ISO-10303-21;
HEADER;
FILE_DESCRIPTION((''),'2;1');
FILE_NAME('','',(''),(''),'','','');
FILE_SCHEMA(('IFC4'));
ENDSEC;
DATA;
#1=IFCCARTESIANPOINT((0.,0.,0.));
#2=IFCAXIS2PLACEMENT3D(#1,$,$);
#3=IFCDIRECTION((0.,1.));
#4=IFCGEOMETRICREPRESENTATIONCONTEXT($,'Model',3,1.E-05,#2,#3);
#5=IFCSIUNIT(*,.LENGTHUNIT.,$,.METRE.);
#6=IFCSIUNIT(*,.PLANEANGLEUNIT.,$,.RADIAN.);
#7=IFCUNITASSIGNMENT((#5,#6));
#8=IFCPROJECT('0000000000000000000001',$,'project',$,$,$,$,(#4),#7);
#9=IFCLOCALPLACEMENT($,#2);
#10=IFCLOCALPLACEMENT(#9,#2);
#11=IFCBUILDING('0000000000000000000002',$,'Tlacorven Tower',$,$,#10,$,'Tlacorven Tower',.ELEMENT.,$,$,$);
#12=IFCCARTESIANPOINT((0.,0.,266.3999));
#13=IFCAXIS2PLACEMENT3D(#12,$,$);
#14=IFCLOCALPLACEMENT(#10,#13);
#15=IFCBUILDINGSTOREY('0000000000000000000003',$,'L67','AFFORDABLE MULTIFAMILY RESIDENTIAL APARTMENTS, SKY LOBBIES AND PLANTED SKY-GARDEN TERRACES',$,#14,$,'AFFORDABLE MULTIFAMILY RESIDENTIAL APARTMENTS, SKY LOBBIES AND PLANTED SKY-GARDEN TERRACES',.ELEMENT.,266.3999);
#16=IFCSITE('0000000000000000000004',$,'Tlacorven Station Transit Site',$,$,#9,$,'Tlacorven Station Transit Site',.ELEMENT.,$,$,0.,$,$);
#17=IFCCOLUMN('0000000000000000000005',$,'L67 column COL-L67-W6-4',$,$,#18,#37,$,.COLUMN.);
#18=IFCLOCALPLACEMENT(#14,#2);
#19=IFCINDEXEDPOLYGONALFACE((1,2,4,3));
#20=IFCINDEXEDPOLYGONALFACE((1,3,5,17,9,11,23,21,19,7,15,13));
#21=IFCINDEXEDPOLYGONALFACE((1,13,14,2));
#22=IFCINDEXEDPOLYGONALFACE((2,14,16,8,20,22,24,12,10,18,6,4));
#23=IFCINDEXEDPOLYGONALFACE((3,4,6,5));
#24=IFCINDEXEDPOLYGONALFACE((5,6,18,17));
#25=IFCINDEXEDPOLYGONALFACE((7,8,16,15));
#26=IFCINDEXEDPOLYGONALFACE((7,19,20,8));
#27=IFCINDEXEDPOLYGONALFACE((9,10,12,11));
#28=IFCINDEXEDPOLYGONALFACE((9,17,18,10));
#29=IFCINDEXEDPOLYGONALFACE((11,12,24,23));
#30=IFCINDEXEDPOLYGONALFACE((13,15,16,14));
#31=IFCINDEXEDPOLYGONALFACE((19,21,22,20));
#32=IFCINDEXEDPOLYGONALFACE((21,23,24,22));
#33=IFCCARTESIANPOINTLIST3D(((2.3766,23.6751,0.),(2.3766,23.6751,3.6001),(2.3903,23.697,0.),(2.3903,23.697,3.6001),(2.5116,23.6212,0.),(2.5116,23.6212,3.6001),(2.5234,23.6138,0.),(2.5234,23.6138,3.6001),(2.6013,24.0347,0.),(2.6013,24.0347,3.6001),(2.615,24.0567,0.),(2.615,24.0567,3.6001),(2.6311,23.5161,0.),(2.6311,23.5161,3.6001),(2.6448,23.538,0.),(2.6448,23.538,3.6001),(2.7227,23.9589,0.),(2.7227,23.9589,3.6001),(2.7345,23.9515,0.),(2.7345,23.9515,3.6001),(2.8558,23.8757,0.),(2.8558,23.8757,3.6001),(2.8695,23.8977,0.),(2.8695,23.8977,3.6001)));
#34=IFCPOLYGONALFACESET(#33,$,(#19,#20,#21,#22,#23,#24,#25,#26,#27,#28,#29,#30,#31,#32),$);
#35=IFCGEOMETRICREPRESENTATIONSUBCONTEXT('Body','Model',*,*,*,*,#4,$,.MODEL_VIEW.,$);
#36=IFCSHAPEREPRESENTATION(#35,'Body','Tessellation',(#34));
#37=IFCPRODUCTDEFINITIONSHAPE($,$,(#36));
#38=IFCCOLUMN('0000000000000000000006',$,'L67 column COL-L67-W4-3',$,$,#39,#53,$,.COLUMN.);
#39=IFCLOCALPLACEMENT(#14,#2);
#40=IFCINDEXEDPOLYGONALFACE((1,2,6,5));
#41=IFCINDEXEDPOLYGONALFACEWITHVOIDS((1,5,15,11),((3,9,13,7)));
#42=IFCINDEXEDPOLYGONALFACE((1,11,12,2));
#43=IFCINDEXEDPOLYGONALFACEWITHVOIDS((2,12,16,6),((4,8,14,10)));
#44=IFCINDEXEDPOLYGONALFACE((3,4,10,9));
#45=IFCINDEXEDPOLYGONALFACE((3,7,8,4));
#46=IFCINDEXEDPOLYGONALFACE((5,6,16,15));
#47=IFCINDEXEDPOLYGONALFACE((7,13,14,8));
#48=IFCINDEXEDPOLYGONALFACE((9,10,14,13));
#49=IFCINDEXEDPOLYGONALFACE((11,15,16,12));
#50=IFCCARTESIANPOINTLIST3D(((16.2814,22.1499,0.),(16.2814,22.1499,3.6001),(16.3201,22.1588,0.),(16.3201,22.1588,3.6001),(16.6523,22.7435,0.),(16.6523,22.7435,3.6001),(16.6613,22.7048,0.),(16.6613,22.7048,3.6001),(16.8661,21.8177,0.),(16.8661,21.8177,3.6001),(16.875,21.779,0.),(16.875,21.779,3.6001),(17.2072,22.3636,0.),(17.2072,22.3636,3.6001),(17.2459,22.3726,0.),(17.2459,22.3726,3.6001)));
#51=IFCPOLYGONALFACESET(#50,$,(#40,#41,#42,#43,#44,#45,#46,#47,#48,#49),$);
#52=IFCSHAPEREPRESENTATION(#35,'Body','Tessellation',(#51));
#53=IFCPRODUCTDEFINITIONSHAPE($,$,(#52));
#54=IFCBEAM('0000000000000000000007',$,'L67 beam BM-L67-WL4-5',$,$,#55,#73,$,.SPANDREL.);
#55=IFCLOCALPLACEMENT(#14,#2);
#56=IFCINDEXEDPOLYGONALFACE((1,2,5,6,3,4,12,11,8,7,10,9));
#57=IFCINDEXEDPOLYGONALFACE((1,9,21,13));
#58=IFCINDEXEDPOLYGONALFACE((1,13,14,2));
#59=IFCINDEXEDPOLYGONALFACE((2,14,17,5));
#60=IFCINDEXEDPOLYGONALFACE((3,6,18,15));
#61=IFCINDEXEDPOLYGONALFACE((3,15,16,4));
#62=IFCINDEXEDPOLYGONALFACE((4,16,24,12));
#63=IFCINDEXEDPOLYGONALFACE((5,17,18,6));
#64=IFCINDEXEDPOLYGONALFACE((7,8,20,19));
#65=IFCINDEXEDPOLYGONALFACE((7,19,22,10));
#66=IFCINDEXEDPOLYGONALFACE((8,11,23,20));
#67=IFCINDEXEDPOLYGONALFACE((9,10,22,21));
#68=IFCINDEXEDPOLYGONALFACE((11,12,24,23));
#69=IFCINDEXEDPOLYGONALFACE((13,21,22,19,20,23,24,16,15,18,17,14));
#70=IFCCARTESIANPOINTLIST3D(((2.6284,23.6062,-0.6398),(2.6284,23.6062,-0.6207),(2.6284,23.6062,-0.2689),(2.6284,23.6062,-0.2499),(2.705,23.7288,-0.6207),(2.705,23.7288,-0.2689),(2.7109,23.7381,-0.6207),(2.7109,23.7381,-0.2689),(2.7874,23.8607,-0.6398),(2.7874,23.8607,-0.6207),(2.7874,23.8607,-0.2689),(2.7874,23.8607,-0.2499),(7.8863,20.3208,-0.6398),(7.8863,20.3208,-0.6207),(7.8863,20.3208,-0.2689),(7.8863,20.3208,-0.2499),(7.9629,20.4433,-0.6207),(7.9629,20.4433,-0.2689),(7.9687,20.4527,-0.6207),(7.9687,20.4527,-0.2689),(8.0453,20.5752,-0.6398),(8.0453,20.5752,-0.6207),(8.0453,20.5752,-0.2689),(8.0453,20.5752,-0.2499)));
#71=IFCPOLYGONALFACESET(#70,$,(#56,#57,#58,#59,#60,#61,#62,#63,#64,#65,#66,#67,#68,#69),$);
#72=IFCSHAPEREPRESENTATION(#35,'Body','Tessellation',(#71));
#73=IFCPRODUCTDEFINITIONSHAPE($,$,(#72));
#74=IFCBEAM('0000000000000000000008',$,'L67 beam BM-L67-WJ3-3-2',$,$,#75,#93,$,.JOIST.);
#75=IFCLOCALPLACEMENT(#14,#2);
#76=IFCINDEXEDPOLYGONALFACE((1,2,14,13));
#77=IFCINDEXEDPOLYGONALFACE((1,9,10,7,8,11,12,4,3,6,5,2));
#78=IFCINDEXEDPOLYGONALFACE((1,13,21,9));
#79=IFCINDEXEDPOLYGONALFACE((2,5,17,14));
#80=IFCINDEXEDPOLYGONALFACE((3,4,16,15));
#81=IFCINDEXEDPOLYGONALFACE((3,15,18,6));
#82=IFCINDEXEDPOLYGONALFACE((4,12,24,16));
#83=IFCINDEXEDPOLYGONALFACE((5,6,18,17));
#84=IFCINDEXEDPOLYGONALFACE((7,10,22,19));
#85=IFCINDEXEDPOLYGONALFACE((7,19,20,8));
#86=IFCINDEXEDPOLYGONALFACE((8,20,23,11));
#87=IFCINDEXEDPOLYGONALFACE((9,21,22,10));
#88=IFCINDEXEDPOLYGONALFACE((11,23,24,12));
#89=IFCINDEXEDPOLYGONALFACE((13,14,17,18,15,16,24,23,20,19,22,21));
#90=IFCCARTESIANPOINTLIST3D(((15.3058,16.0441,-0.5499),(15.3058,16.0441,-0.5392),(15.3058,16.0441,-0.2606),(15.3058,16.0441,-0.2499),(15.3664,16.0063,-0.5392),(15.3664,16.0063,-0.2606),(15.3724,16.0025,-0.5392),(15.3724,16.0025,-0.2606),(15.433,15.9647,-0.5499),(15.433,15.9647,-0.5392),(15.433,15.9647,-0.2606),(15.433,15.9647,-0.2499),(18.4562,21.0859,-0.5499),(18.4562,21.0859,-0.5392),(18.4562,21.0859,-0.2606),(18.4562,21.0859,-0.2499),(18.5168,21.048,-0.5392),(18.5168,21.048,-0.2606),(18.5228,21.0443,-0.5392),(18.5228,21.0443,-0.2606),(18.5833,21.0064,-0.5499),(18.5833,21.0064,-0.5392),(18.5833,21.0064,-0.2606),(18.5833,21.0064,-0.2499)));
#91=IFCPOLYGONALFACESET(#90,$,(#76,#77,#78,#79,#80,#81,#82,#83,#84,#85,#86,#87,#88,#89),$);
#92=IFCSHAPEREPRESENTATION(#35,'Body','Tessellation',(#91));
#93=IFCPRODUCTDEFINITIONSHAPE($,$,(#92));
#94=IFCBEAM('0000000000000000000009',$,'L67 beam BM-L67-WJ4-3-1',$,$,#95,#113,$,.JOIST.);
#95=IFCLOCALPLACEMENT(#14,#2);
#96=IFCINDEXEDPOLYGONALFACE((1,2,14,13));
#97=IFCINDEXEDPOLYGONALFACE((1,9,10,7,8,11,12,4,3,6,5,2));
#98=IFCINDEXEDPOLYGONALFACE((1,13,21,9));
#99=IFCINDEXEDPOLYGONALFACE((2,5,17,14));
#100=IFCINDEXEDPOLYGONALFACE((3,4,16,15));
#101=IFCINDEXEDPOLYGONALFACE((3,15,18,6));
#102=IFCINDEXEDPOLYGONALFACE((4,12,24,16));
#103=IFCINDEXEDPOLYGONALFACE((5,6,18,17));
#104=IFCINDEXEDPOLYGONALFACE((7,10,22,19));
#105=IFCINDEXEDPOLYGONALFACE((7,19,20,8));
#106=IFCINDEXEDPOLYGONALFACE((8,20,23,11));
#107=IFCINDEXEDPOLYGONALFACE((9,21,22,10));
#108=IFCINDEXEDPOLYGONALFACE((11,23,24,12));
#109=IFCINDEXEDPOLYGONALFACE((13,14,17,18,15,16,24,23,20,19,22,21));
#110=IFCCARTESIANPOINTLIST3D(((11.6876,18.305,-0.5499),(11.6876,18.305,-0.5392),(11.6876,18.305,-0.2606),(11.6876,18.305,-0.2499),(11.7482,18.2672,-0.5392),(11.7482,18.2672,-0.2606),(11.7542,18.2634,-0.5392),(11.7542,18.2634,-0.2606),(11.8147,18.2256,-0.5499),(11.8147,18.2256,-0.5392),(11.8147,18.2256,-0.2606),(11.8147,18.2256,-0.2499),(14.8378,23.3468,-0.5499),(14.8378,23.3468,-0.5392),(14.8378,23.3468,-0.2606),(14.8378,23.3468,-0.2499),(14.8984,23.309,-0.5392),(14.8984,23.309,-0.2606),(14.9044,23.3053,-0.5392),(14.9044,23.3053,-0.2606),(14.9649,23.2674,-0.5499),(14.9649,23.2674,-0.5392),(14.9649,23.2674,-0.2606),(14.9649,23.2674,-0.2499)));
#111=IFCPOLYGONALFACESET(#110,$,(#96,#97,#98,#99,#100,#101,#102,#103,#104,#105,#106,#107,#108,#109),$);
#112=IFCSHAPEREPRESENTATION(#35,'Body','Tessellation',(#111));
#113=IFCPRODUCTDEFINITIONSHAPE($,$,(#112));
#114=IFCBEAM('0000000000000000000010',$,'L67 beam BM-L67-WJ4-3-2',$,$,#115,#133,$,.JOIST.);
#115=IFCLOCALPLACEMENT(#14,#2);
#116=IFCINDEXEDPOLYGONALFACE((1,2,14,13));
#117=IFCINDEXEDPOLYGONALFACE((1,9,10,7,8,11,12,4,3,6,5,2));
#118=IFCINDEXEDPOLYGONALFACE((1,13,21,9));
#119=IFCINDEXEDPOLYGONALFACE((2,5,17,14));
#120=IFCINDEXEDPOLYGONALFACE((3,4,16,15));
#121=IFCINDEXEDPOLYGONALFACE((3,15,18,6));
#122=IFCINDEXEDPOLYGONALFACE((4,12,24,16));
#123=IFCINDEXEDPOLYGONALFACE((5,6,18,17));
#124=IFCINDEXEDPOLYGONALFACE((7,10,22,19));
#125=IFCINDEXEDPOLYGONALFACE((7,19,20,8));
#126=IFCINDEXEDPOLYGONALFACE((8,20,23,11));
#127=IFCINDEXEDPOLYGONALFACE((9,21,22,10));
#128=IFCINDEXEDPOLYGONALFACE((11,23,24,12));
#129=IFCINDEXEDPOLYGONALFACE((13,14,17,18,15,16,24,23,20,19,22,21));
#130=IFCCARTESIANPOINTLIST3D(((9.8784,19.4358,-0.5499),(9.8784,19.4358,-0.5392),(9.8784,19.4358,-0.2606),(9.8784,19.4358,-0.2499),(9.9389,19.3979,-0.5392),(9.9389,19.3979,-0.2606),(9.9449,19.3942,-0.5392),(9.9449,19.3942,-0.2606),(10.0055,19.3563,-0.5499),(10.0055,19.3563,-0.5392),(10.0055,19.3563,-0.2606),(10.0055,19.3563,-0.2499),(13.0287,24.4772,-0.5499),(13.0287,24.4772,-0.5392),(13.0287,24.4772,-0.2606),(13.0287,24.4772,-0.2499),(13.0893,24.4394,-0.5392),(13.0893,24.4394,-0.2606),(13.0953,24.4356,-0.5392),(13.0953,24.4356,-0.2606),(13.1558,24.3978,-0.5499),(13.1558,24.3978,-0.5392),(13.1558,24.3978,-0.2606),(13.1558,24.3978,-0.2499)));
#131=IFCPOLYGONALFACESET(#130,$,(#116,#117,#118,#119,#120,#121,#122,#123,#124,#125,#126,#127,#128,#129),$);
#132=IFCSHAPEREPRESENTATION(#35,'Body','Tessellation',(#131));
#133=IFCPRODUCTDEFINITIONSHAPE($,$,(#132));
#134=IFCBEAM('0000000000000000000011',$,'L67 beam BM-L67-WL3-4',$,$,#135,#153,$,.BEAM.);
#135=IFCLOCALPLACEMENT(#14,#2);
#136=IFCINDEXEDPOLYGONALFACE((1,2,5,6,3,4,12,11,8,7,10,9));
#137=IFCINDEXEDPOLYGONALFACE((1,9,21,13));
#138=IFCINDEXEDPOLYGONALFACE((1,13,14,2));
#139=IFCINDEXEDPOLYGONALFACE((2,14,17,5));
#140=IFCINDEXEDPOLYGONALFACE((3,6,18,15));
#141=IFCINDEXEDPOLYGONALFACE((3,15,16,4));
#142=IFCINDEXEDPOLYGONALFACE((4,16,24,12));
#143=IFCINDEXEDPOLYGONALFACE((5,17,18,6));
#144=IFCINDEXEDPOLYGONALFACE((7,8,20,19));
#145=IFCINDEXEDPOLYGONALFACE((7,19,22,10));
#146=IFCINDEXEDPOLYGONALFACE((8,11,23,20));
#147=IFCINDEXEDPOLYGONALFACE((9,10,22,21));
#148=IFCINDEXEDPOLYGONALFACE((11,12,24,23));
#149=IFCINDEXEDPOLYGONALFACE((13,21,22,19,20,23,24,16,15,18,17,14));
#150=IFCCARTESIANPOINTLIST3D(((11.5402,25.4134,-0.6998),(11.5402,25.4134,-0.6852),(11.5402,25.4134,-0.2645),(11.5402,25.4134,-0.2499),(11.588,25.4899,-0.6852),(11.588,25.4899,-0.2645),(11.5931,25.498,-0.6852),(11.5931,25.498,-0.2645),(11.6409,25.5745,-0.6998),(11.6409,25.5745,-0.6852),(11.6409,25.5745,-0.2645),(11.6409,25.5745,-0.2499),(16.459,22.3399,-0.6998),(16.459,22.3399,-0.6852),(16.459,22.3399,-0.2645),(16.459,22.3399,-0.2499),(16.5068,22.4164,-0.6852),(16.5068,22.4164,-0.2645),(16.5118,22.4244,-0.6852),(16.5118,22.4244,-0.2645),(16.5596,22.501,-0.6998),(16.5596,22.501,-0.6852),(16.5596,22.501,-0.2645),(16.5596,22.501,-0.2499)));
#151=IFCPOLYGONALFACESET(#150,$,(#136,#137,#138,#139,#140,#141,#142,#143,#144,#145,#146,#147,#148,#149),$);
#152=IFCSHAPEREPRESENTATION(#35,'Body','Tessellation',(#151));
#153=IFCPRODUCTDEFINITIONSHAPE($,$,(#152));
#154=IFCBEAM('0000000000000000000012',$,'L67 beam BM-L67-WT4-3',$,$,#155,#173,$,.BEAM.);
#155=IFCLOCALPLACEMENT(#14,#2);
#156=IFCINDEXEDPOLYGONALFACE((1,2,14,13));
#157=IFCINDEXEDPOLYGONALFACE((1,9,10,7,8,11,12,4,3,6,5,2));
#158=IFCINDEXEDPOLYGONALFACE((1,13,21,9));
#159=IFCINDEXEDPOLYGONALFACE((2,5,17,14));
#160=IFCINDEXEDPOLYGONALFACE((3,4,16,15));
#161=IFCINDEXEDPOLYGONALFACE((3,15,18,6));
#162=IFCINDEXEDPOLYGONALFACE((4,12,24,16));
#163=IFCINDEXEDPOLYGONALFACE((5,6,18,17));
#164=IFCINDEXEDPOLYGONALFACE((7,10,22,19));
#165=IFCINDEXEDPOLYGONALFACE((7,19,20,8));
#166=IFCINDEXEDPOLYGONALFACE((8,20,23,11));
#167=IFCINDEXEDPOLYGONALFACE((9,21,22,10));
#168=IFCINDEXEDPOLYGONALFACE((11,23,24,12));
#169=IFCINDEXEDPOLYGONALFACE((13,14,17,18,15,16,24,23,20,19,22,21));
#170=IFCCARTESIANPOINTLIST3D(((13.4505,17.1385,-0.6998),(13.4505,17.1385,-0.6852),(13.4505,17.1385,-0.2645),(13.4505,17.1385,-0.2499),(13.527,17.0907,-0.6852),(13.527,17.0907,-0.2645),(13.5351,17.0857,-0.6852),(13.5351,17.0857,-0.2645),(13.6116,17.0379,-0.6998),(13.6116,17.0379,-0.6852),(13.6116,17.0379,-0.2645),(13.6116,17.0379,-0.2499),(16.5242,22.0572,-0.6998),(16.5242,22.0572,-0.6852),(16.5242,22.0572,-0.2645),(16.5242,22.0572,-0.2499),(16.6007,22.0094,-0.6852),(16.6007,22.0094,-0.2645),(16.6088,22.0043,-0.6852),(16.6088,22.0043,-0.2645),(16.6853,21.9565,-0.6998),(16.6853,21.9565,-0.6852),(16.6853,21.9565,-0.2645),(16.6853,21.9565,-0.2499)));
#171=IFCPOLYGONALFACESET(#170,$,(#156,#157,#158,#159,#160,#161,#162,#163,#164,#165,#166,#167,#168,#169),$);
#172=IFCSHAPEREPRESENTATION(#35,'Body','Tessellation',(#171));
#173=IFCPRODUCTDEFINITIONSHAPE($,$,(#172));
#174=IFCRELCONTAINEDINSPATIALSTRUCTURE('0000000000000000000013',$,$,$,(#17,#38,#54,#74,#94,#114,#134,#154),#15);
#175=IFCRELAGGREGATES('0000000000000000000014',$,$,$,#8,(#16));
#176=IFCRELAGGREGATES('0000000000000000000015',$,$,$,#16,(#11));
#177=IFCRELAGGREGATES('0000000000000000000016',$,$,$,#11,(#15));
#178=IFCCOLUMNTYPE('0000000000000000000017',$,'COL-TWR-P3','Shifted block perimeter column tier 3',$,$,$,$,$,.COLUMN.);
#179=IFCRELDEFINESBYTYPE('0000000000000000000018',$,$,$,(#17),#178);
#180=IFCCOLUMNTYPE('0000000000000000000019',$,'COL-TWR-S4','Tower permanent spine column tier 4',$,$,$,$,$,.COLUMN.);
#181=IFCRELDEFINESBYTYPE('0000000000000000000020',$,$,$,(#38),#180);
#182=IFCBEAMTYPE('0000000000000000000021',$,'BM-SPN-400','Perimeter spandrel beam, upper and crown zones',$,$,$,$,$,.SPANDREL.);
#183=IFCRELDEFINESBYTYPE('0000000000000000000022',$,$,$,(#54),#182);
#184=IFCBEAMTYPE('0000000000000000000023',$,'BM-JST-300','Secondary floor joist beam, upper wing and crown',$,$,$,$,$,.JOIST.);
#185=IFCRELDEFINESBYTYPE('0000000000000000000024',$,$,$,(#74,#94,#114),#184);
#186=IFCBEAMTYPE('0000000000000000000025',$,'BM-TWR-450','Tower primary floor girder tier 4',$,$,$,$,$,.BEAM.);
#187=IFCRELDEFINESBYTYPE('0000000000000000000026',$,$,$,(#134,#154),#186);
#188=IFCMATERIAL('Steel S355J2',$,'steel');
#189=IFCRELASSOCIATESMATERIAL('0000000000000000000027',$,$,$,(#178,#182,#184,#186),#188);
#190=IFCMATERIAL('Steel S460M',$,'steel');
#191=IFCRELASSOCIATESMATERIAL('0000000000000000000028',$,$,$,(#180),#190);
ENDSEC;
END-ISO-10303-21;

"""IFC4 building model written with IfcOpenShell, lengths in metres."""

from ifc_helpers import new_model, si_unit, direction, frame, origin, origin_2d, place, context, subcontext, project, spatial, hollow_rectangle, i_section, extrude, source, transform, mapped, material, material_profile, profile_set, type_object, element, save


model = new_model("IFC4")

# Units and contexts
model_context = context("Model", 3, precision=1e-05, world=origin(), true_north=direction((0.0, 1.0)))
body_context = subcontext(model_context, "Body", "Model", "MODEL_VIEW")
ifc_project = project(units=[si_unit("LENGTHUNIT", "METRE"), si_unit("PLANEANGLEUNIT", "RADIAN")], contexts=[model_context])

# Site, building, storey
site_placement = place(None, origin())
site = spatial("IfcSite", under=ifc_project, at=site_placement, Name="Tlacorven Station Transit Site", LongName="Tlacorven Station Transit Site", CompositionType="ELEMENT", RefElevation=0.0)
building_placement = place(site_placement, origin())
building = spatial("IfcBuilding", under=site, at=building_placement, Name="Tlacorven Tower", LongName="Tlacorven Tower", CompositionType="ELEMENT")
storey_placement = place(building_placement, frame((0.0, 0.0, 266.3999)))
storey = spatial("IfcBuildingStorey", under=building, at=storey_placement, Name="L67", Description="AFFORDABLE MULTIFAMILY RESIDENTIAL APARTMENTS, SKY LOBBIES AND PLANTED SKY-GARDEN TERRACES", LongName="AFFORDABLE MULTIFAMILY RESIDENTIAL APARTMENTS, SKY LOBBIES AND PLANTED SKY-GARDEN TERRACES", CompositionType="ELEMENT", Elevation=266.3999)

# Columns
ifc_material_1 = material(Name="Steel S355J2", Category="steel")
ifc_material_profile_1 = material_profile(ifc_material_1, i_section(OverallWidth=0.3, OverallDepth=0.45, WebThickness=0.0139, FlangeThickness=0.0259, at=origin_2d()), Name="HEB 450")
ifc_profile_set_1 = profile_set([ifc_material_profile_1], Name="Steel S355J2")
column_type_1 = type_object("IfcColumnType", Name="COL-TWR-P3", Description="Shifted block perimeter column tier 3", PredefinedType="COLUMN", material=ifc_profile_set_1)
shared_shape_1 = source(origin(), body_context, "Body", "SweptSolid", [
    extrude(i_section(OverallWidth=0.3, OverallDepth=0.45, WebThickness=0.0139, FlangeThickness=0.0259, at=origin_2d()), origin(), (0.0, 0.0, 1.0), 3.6001),
])
column_1_placement = place(storey_placement, frame((2.623, 23.7864, 0.0), z_axis=(0.0, 0.0, 1.0), x_axis=(-0.848048, 0.529919, 0.0)))
element("IfcColumn", 1, at=column_1_placement, inside=storey, type_object=column_type_1, Name="L67 column COL-L67-W6-4", PredefinedType="COLUMN", context=body_context, shape_type="MappedRepresentation", body=[
    mapped(shared_shape_1, transform((0.0, 0.0, 0.0), scale=1.0)),
])
ifc_material_2 = material(Name="Steel S460M", Category="steel")
ifc_material_profile_2 = material_profile(ifc_material_2, hollow_rectangle(XDim=0.7, YDim=0.7, WallThickness=0.0281, at=origin_2d()), Name="BOX 700X700X28")
ifc_profile_set_2 = profile_set([ifc_material_profile_2], Name="Steel S460M")
column_type_2 = type_object("IfcColumnType", Name="COL-TWR-S4", Description="Tower permanent spine column tier 4", PredefinedType="COLUMN", material=ifc_profile_set_2)
shared_shape_2 = source(origin(), body_context, "Body", "SweptSolid", [
    extrude(hollow_rectangle(XDim=0.7, YDim=0.7, WallThickness=0.0281, at=origin_2d()), origin(), (0.0, 0.0, 1.0), 3.6001),
])
column_2_placement = place(storey_placement, frame((16.7637, 22.2612, 0.0), z_axis=(0.0, 0.0, 1.0), x_axis=(-0.848048, 0.529919, 0.0)))
element("IfcColumn", 2, at=column_2_placement, inside=storey, type_object=column_type_2, Name="L67 column COL-L67-W4-3", PredefinedType="COLUMN", context=body_context, shape_type="MappedRepresentation", body=[
    mapped(shared_shape_2, transform((0.0, 0.0, 0.0), scale=1.0)),
])

# Beams
ifc_material_profile_3 = material_profile(ifc_material_1, i_section(OverallWidth=0.3, OverallDepth=0.3899, WebThickness=0.011, FlangeThickness=0.019, at=origin_2d()), Name="HEA 400")
ifc_profile_set_3 = profile_set([ifc_material_profile_3], Name="Steel S355J2")
beam_type_1 = type_object("IfcBeamType", Name="BM-SPN-400", Description="Perimeter spandrel beam, upper and crown zones", PredefinedType="SPANDREL", material=ifc_profile_set_3)
shared_shape_3 = source(origin(), body_context, "Body", "SweptSolid", [
    extrude(i_section(OverallWidth=0.3, OverallDepth=0.3899, WebThickness=0.011, FlangeThickness=0.019, at=origin_2d()), origin(), (0.0, 0.0, 1.0), 6.2),
])
beam_1_placement = place(storey_placement, frame((7.9658, 20.448, -0.4448), z_axis=(-0.848051, 0.529914, 0.0), x_axis=(-0.529914, -0.848051, 0.0)))
element("IfcBeam", 3, at=beam_1_placement, inside=storey, type_object=beam_type_1, Name="L67 beam BM-L67-WL4-5", PredefinedType="SPANDREL", context=body_context, shape_type="MappedRepresentation", body=[
    mapped(shared_shape_3, transform((0.0, 0.0, 0.0), scale=1.0)),
])
ifc_material_profile_4 = material_profile(ifc_material_1, i_section(OverallWidth=0.1499, OverallDepth=0.3, WebThickness=0.0071, FlangeThickness=0.0107, at=origin_2d()), Name="IPE 300")
ifc_profile_set_4 = profile_set([ifc_material_profile_4], Name="Steel S355J2")
beam_type_2 = type_object("IfcBeamType", Name="BM-JST-300", Description="Secondary floor joist beam, upper wing and crown", PredefinedType="JOIST", material=ifc_profile_set_4)
shared_shape_4 = source(origin(), body_context, "Body", "SweptSolid", [
    extrude(i_section(OverallWidth=0.1499, OverallDepth=0.3, WebThickness=0.0071, FlangeThickness=0.0107, at=origin_2d()), origin(), (0.0, 0.0, 1.0), 5.9451),
])
for number, where, z_axis, x_axis, name in (
    (4, (18.5198, 21.0461, -0.3999), (-0.529914, -0.848051, 0.0), (0.848051, -0.529914, 0.0), "L67 beam BM-L67-WJ3-3-2"),
    (5, (14.9014, 23.3071, -0.3999), (-0.529885, -0.84807, 0.0), (0.84807, -0.529885, 0.0), "L67 beam BM-L67-WJ4-3-1"),
):
    element("IfcBeam", number, at=place(storey_placement, frame(where, z_axis=z_axis, x_axis=x_axis)), inside=storey, type_object=beam_type_2, Name=name, PredefinedType="JOIST", context=body_context, shape_type="MappedRepresentation", body=[
        mapped(shared_shape_4, transform((0.0, 0.0, 0.0), scale=1.0)),
    ])
shared_shape_5 = source(origin(), body_context, "Body", "SweptSolid", [
    extrude(i_section(OverallWidth=0.1499, OverallDepth=0.3, WebThickness=0.0071, FlangeThickness=0.0107, at=origin_2d()), origin(), (0.0, 0.0, 1.0), 5.9448),
])
beam_2_placement = place(storey_placement, frame((13.0923, 24.4375, -0.3999), z_axis=(-0.529932, -0.84804, 0.0), x_axis=(0.84804, -0.529932, 0.0)))
element("IfcBeam", 6, at=beam_2_placement, inside=storey, type_object=beam_type_2, Name="L67 beam BM-L67-WJ4-3-2", PredefinedType="JOIST", context=body_context, shape_type="MappedRepresentation", body=[
    mapped(shared_shape_5, transform((0.0, 0.0, 0.0), scale=1.0)),
])
ifc_material_profile_5 = material_profile(ifc_material_1, i_section(OverallWidth=0.1899, OverallDepth=0.45, WebThickness=0.0095, FlangeThickness=0.0146, at=origin_2d()), Name="IPE 450")
ifc_profile_set_5 = profile_set([ifc_material_profile_5], Name="Steel S355J2")
beam_type_3 = type_object("IfcBeamType", Name="BM-TWR-450", Description="Tower primary floor girder tier 4", PredefinedType="BEAM", material=ifc_profile_set_5)
shared_shape_6 = source(origin(), body_context, "Body", "SweptSolid", [
    extrude(i_section(OverallWidth=0.1899, OverallDepth=0.45, WebThickness=0.0095, FlangeThickness=0.0146, at=origin_2d()), origin(), (0.0, 0.0, 1.0), 5.8),
])
for number, where, z_axis, x_axis, name in (
    (7, (16.5093, 22.4204, -0.4749), (-0.848053, 0.529912, 0.0), (-0.529912, -0.848053, 0.0), "L67 beam BM-L67-WL3-4"),
    (8, (16.6047, 22.0068, -0.4749), (-0.529942, -0.848034, 0.0), (0.848034, -0.529942, 0.0), "L67 beam BM-L67-WT4-3"),
):
    element("IfcBeam", number, at=place(storey_placement, frame(where, z_axis=z_axis, x_axis=x_axis)), inside=storey, type_object=beam_type_3, Name=name, PredefinedType="BEAM", context=body_context, shape_type="MappedRepresentation", body=[
        mapped(shared_shape_6, transform((0.0, 0.0, 0.0), scale=1.0)),
    ])

save(model, "model.ifc")
